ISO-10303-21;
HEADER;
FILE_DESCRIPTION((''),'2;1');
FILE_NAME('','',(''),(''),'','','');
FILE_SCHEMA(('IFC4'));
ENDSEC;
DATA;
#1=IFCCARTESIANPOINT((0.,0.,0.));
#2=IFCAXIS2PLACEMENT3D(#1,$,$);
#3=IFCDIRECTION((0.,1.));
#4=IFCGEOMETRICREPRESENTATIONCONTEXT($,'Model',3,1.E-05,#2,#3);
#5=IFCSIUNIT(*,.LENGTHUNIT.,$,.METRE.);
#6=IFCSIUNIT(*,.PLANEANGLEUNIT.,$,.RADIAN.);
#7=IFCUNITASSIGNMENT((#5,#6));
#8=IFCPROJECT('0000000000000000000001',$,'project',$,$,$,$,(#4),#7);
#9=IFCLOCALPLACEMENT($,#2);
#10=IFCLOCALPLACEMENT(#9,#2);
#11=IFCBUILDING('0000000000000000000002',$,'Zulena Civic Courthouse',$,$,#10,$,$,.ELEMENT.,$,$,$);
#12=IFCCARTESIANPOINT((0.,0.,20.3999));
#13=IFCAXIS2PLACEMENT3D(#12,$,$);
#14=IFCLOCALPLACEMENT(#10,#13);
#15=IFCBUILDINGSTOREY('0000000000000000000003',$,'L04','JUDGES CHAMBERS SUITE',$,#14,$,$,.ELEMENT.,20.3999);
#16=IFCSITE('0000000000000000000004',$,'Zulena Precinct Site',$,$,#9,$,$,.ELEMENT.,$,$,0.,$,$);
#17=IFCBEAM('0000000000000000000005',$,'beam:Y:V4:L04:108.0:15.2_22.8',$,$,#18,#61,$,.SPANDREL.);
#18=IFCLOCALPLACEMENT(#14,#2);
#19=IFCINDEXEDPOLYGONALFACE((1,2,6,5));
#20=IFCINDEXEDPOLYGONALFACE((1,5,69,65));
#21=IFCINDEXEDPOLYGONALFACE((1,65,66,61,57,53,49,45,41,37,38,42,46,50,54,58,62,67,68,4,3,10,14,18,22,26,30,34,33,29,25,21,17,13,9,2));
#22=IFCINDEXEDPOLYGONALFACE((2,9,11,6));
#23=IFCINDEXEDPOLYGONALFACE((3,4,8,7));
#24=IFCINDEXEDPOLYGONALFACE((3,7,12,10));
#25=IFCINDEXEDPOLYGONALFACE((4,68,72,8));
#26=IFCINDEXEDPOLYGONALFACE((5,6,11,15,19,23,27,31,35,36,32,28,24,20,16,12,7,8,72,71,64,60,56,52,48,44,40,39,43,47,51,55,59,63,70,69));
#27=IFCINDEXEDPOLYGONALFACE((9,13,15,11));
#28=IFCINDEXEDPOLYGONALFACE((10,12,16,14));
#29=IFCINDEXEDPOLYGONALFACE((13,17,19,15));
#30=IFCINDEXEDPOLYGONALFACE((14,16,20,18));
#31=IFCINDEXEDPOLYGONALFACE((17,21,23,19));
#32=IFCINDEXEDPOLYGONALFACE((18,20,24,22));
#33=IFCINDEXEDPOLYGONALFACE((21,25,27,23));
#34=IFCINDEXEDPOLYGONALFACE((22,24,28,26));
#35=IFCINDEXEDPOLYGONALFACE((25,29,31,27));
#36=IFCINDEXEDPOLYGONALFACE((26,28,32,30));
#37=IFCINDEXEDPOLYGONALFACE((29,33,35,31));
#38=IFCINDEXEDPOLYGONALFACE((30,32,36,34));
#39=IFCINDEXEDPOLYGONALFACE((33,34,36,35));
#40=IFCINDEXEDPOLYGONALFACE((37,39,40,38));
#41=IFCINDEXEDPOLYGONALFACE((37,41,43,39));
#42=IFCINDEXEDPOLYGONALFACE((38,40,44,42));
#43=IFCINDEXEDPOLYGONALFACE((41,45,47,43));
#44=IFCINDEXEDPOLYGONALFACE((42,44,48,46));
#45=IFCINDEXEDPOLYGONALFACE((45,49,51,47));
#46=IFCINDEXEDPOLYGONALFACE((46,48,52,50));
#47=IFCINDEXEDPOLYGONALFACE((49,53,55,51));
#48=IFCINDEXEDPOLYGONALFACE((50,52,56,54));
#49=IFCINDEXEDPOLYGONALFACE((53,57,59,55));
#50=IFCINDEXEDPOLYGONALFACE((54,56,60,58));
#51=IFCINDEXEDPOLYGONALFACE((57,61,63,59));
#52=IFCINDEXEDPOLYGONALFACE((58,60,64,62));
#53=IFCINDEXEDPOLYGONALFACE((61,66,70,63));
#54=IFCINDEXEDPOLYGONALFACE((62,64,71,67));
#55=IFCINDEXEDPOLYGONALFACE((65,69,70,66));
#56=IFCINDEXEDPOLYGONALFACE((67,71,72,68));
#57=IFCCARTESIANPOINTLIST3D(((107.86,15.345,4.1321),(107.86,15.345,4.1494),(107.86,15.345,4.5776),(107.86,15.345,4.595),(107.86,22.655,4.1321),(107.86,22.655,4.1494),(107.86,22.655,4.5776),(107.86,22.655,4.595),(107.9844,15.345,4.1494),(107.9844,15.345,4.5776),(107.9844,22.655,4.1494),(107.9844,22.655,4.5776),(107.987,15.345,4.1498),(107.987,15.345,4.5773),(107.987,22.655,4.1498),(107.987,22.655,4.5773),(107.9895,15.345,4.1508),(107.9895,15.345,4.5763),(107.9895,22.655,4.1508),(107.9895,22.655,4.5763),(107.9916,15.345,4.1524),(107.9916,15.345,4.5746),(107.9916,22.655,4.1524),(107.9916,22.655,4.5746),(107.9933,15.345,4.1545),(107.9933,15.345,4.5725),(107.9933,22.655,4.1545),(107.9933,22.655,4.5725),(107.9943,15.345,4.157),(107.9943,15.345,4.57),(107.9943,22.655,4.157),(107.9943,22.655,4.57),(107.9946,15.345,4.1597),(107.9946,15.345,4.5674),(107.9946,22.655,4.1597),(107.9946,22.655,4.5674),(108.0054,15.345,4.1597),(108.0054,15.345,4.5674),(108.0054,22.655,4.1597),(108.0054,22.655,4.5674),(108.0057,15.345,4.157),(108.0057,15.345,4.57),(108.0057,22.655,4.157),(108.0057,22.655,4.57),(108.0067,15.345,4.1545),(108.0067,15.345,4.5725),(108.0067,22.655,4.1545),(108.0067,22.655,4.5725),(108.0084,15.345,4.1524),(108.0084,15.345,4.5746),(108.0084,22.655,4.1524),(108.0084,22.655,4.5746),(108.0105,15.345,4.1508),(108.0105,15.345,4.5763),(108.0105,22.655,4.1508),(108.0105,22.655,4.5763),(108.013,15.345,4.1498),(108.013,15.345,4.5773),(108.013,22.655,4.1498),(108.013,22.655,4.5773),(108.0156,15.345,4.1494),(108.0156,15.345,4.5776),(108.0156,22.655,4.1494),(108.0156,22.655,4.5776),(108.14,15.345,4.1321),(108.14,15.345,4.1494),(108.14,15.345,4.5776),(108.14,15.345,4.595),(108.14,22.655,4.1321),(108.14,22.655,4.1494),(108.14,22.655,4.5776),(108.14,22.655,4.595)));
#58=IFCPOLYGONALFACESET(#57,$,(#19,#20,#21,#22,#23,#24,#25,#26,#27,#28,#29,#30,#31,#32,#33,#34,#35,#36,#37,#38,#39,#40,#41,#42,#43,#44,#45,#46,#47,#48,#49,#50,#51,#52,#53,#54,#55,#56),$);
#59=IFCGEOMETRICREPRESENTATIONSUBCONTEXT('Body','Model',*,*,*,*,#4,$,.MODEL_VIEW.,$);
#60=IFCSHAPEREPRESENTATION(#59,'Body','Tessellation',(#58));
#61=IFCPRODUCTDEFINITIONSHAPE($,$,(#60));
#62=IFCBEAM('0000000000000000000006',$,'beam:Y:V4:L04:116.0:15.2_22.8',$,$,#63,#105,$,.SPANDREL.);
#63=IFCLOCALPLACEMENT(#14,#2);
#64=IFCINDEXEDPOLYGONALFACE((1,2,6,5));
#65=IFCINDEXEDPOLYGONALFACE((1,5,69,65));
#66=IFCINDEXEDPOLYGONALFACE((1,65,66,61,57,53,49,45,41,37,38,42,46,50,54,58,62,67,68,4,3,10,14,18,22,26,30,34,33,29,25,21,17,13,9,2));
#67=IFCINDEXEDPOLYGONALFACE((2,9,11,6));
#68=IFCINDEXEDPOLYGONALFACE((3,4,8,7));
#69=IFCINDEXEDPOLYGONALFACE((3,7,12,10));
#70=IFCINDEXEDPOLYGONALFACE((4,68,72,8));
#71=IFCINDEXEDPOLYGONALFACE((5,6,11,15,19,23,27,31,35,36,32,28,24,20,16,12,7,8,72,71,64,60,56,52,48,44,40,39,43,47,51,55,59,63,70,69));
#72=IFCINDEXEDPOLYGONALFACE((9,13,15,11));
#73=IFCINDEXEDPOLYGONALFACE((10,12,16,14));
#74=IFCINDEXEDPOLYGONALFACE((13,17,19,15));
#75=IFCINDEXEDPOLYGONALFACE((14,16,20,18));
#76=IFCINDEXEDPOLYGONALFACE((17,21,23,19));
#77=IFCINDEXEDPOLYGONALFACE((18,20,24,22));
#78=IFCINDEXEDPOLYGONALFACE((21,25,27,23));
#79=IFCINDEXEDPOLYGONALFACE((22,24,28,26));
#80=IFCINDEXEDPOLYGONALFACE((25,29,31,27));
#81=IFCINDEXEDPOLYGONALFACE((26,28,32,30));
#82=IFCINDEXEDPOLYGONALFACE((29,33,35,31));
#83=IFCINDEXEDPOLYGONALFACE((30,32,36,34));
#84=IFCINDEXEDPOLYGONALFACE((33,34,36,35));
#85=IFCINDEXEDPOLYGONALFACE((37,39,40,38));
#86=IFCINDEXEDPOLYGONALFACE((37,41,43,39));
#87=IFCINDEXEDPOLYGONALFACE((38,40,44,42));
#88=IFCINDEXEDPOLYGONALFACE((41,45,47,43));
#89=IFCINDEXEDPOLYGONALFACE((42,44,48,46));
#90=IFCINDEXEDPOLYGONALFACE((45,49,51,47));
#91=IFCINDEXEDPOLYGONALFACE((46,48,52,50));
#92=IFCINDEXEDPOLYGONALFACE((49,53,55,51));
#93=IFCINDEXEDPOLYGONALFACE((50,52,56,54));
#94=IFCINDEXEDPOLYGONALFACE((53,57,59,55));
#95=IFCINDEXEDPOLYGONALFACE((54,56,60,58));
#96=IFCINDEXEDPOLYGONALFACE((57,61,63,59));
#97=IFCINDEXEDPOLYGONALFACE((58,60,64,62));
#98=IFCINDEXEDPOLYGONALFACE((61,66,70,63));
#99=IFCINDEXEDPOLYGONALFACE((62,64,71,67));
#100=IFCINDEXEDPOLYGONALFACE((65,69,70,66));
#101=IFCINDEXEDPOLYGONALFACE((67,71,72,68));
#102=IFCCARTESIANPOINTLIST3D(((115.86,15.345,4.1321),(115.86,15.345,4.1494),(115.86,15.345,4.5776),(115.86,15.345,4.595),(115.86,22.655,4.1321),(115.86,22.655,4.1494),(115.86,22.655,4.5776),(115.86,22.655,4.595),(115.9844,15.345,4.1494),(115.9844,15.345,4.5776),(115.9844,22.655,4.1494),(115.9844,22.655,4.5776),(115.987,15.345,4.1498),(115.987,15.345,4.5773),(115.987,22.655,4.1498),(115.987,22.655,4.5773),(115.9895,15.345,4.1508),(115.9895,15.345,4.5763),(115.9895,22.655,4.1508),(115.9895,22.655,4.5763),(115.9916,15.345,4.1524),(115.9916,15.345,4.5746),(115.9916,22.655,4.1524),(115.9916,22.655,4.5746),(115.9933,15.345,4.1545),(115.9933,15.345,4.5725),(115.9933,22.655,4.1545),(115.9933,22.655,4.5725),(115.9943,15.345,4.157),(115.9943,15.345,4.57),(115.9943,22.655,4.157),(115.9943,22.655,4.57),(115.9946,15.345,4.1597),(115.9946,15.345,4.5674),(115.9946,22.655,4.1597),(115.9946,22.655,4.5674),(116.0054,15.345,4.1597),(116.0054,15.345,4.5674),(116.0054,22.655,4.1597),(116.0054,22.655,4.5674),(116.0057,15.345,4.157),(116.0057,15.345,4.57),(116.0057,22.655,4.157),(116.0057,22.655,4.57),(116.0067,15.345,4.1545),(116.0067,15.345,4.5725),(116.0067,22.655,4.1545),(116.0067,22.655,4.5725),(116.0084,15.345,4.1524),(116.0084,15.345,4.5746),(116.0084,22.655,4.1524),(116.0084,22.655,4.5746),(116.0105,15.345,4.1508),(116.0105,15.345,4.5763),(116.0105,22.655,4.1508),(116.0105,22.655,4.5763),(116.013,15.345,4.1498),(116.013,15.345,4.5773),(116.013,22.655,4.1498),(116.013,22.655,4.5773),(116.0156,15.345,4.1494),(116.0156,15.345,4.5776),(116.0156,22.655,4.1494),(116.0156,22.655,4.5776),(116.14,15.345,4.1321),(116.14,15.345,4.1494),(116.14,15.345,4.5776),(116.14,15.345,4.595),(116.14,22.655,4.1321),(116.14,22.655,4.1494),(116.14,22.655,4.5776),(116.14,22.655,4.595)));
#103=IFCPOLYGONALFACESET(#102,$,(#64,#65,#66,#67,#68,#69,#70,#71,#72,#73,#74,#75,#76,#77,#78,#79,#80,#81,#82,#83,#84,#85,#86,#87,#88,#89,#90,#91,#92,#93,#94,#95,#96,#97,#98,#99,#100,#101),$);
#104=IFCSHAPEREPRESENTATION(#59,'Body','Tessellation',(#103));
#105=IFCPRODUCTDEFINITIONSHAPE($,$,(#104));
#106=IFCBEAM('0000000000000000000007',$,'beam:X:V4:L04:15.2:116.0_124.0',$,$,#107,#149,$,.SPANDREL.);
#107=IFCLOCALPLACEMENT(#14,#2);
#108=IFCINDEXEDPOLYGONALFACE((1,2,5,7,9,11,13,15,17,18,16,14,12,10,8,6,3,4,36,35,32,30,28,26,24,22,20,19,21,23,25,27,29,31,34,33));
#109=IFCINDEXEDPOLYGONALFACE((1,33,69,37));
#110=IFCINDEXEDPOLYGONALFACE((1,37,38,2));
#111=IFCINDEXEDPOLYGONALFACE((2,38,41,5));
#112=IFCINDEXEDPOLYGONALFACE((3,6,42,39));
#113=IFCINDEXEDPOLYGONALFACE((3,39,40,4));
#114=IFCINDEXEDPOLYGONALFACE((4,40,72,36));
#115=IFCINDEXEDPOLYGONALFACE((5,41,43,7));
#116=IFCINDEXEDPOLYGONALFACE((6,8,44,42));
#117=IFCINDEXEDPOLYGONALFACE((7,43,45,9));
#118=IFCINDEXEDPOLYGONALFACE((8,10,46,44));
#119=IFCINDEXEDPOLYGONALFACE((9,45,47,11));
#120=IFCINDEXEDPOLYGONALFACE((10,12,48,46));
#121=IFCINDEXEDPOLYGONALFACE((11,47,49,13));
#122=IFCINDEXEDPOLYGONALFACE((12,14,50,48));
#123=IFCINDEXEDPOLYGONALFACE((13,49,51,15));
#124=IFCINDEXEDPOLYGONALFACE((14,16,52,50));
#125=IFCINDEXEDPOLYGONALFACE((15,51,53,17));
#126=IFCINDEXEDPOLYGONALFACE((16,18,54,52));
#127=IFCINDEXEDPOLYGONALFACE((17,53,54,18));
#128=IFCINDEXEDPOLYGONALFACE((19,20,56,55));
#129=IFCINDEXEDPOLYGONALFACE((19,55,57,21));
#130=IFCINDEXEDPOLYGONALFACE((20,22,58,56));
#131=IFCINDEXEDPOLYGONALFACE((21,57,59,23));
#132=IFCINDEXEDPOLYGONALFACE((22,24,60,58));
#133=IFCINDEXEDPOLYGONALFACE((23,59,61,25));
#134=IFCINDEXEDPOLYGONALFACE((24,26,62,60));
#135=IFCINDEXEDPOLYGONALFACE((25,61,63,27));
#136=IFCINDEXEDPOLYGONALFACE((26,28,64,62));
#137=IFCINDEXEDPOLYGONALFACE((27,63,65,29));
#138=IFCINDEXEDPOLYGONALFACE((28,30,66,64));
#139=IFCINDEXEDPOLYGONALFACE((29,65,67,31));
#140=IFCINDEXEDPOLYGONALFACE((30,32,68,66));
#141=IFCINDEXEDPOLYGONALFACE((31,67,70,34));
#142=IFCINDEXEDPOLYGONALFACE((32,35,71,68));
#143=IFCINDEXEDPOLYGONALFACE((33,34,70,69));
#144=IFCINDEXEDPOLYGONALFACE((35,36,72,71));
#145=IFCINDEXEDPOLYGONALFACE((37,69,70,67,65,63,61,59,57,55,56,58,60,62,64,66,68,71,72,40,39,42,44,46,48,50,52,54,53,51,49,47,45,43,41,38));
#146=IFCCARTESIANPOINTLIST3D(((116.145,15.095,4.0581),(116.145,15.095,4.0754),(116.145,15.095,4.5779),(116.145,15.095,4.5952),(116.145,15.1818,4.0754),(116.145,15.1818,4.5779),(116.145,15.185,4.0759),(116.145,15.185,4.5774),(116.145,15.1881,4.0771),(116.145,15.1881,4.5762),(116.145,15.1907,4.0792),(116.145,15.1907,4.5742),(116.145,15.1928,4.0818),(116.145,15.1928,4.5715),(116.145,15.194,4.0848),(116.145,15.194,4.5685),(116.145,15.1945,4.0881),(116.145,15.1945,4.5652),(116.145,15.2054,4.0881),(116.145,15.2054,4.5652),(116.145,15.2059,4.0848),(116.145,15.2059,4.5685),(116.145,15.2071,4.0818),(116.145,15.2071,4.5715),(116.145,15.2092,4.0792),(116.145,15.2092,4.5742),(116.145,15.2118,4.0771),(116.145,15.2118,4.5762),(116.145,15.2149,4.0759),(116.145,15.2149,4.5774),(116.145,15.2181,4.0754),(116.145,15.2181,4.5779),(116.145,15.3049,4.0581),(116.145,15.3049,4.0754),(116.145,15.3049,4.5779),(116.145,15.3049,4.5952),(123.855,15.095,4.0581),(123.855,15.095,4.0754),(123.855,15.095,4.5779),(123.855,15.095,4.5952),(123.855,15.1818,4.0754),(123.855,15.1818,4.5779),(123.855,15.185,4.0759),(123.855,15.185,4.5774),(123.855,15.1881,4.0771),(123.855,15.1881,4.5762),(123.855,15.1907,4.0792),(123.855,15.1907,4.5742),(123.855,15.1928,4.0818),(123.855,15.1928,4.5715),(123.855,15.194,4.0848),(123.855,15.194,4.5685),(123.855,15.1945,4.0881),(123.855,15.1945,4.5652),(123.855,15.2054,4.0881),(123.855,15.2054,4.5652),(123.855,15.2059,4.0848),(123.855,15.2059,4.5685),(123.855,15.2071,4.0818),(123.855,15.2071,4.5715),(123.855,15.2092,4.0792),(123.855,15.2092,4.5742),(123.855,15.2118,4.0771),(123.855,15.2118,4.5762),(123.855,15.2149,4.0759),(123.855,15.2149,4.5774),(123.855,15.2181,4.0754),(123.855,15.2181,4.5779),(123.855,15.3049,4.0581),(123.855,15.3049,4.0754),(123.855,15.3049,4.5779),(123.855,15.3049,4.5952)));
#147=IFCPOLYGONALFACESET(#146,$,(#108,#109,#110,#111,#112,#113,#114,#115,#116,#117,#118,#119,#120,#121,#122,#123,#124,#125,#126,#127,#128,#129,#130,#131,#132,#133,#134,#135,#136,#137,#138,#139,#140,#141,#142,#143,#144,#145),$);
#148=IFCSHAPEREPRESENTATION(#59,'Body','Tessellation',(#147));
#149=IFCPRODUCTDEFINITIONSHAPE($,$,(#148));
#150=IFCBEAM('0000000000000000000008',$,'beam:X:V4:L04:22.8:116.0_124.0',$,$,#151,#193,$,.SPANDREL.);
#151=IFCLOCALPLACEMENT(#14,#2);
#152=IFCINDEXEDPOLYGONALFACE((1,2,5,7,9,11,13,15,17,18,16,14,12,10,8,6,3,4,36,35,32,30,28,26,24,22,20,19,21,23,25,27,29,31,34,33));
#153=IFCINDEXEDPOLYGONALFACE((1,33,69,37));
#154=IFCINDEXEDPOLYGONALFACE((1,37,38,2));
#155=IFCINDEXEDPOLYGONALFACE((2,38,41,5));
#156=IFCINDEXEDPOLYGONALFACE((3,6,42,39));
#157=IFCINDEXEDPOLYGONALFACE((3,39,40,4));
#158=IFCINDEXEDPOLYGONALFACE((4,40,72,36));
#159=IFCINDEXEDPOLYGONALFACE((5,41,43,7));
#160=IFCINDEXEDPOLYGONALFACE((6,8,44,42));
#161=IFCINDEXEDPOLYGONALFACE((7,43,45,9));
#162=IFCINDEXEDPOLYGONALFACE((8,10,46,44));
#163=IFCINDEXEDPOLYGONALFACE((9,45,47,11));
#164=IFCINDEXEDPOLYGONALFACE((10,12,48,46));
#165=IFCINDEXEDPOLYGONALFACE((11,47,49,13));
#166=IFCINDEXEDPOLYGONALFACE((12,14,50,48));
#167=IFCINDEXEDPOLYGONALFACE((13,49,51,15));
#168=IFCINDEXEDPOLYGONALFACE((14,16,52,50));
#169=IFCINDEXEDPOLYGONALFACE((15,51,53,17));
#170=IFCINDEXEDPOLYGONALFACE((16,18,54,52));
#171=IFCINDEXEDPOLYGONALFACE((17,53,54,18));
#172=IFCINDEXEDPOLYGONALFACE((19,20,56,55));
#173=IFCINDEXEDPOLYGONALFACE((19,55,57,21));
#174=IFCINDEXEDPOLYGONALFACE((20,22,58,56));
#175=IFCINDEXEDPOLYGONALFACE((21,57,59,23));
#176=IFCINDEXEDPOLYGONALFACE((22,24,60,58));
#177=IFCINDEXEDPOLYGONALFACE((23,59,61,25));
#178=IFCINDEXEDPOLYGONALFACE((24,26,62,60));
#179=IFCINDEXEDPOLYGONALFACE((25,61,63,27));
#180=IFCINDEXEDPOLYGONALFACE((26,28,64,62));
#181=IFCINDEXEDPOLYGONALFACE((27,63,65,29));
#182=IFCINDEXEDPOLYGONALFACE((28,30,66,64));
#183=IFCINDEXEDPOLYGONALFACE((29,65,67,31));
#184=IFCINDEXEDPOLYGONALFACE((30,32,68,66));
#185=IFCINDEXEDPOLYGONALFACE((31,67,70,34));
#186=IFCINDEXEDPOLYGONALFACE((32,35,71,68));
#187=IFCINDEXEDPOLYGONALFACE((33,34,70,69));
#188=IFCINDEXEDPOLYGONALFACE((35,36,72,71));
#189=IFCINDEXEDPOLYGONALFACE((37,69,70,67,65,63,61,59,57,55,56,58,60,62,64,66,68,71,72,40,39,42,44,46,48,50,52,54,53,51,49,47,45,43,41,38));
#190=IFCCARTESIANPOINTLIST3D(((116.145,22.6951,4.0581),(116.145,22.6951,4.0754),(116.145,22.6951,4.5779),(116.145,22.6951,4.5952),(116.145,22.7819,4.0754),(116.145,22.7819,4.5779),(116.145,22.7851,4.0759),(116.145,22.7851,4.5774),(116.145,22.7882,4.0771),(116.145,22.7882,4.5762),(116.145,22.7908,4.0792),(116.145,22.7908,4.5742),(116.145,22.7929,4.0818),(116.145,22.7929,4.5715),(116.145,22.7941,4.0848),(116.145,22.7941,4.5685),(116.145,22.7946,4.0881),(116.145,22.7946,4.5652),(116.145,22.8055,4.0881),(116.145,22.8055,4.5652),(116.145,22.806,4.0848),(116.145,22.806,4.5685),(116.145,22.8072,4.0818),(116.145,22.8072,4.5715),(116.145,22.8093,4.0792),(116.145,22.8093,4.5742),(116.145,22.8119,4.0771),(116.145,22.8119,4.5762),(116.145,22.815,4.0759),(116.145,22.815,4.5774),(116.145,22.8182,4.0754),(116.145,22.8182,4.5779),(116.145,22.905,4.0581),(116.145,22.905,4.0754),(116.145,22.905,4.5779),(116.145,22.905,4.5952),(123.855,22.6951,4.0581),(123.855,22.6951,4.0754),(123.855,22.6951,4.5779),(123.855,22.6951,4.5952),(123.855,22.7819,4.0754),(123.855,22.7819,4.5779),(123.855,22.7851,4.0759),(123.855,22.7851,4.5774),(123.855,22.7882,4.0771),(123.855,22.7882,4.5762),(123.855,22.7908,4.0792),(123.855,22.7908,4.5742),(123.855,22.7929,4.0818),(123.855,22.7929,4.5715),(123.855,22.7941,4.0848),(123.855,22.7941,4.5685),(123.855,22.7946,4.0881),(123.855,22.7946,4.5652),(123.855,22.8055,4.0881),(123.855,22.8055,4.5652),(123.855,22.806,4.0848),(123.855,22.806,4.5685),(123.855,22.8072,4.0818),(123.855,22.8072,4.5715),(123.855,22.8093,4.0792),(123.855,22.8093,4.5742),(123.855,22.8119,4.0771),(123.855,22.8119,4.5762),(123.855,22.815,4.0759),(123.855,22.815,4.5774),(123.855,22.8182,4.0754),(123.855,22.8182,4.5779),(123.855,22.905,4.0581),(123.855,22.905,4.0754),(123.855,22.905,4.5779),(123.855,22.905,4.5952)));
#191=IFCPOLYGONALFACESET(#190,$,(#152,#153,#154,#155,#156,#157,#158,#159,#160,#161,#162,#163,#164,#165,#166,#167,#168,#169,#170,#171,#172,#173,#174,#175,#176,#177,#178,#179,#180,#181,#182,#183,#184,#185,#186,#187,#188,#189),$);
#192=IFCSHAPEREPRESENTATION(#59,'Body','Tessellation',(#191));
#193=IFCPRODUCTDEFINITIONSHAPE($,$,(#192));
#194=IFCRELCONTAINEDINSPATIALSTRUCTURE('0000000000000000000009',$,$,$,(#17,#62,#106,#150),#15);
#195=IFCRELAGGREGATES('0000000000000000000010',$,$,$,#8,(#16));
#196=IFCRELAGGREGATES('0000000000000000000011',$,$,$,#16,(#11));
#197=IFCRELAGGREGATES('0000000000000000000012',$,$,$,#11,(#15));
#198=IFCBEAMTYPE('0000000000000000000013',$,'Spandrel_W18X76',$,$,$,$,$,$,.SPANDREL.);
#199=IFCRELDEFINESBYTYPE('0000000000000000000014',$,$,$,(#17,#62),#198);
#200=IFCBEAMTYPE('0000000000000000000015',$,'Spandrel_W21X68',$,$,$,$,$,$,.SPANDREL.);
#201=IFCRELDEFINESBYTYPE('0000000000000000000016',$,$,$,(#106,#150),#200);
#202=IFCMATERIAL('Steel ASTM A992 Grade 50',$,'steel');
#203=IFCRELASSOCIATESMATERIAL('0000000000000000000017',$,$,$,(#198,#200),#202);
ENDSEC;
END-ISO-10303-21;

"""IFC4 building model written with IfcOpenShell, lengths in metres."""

from ifc_helpers import new_model, si_unit, direction, frame, origin, origin_2d, place, context, subcontext, project, spatial, i_section, extrude, material, material_profile, profile_set, type_object, element, save


model = new_model("IFC4")

# Units and contexts
model_context = context("Model", 3, precision=1e-05, world=origin(), true_north=direction((0.0, 1.0)))
body_context = subcontext(model_context, "Body", "Model", "MODEL_VIEW")
ifc_project = project(units=[si_unit("LENGTHUNIT", "METRE"), si_unit("PLANEANGLEUNIT", "RADIAN")], contexts=[model_context])

# Site, building, storey
site_placement = place(None, origin())
site = spatial("IfcSite", under=ifc_project, at=site_placement, Name="Zulena Precinct Site", CompositionType="ELEMENT", RefElevation=0.0)
building_placement = place(site_placement, origin())
building = spatial("IfcBuilding", under=site, at=building_placement, Name="Zulena Civic Courthouse", CompositionType="ELEMENT")
storey_placement = place(building_placement, frame((0.0, 0.0, 20.3999)))
storey = spatial("IfcBuildingStorey", under=building, at=storey_placement, Name="L04", Description="JUDGES CHAMBERS SUITE", CompositionType="ELEMENT", Elevation=20.3999)

# Shared definitions
ifc_material_1 = material(Name="Steel ASTM A992 Grade 50", Category="steel")

# Beams
ifc_material_profile_1 = material_profile(ifc_material_1, i_section(OverallWidth=0.28, OverallDepth=0.4629, WebThickness=0.0107, FlangeThickness=0.0173, FilletRadius=0.0103, at=origin_2d()), Name="W18X76")
ifc_profile_set_1 = profile_set([ifc_material_profile_1], Name="Steel ASTM A992 Grade 50")
beam_type_1 = type_object("IfcBeamType", Name="Spandrel_W18X76", PredefinedType="SPANDREL", material=ifc_profile_set_1)
for number, where, z_axis, x_axis, name in (
    (1, (108.0, 15.345, 4.3635), (0.0, 1.0, 0.0), (-1.0, 0.0, 0.0), "beam:Y:V4:L04:108.0:15.2_22.8"),
    (2, (116.0, 15.345, 4.3635), (0.0, 1.0, 0.0), (-1.0, 0.0, 0.0), "beam:Y:V4:L04:116.0:15.2_22.8"),
):
    element("IfcBeam", number, at=place(storey_placement, frame(where, z_axis=z_axis, x_axis=x_axis)), inside=storey, type_object=beam_type_1, Name=name, PredefinedType="SPANDREL", context=body_context, shape_type="SweptSolid", body=[
        extrude(i_section(OverallWidth=0.28, OverallDepth=0.4629, WebThickness=0.0107, FlangeThickness=0.0173, FilletRadius=0.0103, at=origin_2d()), origin(), (0.0, 0.0, 1.0), 7.3101),
    ])
ifc_material_profile_2 = material_profile(ifc_material_1, i_section(OverallWidth=0.21, OverallDepth=0.5371, WebThickness=0.011, FlangeThickness=0.0173, FilletRadius=0.0127, at=origin_2d()), Name="W21X68")
ifc_profile_set_2 = profile_set([ifc_material_profile_2], Name="Steel ASTM A992 Grade 50")
beam_type_2 = type_object("IfcBeamType", Name="Spandrel_W21X68", PredefinedType="SPANDREL", material=ifc_profile_set_2)
for number, where, z_axis, x_axis, name in (
    (3, (116.145, 15.2, 4.3267), (1.0, 0.0, 0.0), (0.0, 1.0, 0.0), "beam:X:V4:L04:15.2:116.0_124.0"),
    (4, (116.145, 22.8, 4.3267), (1.0, 0.0, 0.0), (0.0, 1.0, 0.0), "beam:X:V4:L04:22.8:116.0_124.0"),
):
    element("IfcBeam", number, at=place(storey_placement, frame(where, z_axis=z_axis, x_axis=x_axis)), inside=storey, type_object=beam_type_2, Name=name, PredefinedType="SPANDREL", context=body_context, shape_type="SweptSolid", body=[
        extrude(i_section(OverallWidth=0.21, OverallDepth=0.5371, WebThickness=0.011, FlangeThickness=0.0173, FilletRadius=0.0127, at=origin_2d()), origin(), (0.0, 0.0, 1.0), 7.71),
    ])

save(model, "model.ifc")
